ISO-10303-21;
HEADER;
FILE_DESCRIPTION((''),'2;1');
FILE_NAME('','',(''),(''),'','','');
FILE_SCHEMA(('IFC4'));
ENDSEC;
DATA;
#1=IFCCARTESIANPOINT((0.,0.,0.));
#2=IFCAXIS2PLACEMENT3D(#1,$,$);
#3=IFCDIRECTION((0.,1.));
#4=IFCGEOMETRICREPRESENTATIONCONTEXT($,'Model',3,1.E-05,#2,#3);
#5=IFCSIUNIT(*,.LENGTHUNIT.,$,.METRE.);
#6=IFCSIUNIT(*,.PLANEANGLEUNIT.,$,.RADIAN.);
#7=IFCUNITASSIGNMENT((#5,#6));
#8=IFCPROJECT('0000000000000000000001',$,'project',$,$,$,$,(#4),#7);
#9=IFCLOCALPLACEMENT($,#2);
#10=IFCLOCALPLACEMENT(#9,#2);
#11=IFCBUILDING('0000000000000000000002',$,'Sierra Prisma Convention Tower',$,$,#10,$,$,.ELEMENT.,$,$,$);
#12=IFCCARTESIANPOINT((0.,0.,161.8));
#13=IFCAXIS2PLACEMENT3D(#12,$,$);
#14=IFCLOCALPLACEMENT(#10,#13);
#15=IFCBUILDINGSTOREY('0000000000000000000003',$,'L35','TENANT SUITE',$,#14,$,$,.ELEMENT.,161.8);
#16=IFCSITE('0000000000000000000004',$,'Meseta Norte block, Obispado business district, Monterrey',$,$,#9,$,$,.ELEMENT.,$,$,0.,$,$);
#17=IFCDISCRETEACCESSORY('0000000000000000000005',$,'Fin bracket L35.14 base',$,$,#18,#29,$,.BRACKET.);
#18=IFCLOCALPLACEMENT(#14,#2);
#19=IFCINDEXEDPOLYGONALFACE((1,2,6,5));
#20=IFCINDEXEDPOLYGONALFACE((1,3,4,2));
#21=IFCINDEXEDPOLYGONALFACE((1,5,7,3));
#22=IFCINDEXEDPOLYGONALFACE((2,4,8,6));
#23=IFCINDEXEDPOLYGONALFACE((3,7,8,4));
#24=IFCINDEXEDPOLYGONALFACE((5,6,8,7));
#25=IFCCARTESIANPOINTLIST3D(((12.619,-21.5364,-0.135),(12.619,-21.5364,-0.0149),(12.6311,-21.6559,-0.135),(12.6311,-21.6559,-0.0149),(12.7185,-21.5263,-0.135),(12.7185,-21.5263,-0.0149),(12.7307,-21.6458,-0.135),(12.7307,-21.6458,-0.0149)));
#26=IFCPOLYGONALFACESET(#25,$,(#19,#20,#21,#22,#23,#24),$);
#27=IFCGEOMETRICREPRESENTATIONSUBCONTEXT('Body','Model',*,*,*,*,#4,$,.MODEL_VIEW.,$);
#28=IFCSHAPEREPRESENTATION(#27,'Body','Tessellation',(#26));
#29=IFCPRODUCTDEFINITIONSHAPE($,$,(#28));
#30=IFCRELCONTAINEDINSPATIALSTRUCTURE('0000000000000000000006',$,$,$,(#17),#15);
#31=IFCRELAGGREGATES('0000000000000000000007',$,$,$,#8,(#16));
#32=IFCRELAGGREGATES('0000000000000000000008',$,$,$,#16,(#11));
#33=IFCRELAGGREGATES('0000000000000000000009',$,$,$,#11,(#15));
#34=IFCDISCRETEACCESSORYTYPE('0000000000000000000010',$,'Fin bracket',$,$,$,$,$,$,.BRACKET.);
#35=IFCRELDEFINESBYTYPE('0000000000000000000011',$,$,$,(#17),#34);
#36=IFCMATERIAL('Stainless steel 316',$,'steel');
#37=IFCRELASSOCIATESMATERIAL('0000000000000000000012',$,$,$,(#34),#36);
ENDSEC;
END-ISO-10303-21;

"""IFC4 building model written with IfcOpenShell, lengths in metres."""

from ifc_helpers import new_model, si_unit, direction, frame, origin, origin_2d, place, context, subcontext, project, spatial, rectangle, extrude, material, type_object, element, save


model = new_model("IFC4")

# Units and contexts
model_context = context("Model", 3, precision=1e-05, world=origin(), true_north=direction((0.0, 1.0)))
body_context = subcontext(model_context, "Body", "Model", "MODEL_VIEW")
ifc_project = project(units=[si_unit("LENGTHUNIT", "METRE"), si_unit("PLANEANGLEUNIT", "RADIAN")], contexts=[model_context])

# Site, building, storey
site_placement = place(None, origin())
site = spatial("IfcSite", under=ifc_project, at=site_placement, Name="Meseta Norte block, Obispado business district, Monterrey", CompositionType="ELEMENT", RefElevation=0.0)
building_placement = place(site_placement, origin())
building = spatial("IfcBuilding", under=site, at=building_placement, Name="Sierra Prisma Convention Tower", CompositionType="ELEMENT")
storey_placement = place(building_placement, frame((0.0, 0.0, 161.8)))
storey = spatial("IfcBuildingStorey", under=building, at=storey_placement, Name="L35", Description="TENANT SUITE", CompositionType="ELEMENT", Elevation=161.8)

# Discrete accessory
ifc_material_1 = material(Name="Stainless steel 316", Category="steel")
discrete_accessory_type = type_object("IfcDiscreteAccessoryType", Name="Fin bracket", PredefinedType="BRACKET", material=ifc_material_1)
for number, where, z_axis, x_axis, name in (
    (1, (12.6748, -21.5911, -0.135), (0.0, 0.0, 1.0), (0.100833, -0.994903, 0.0), "Fin bracket L35.14 base"),
):
    element("IfcDiscreteAccessory", number, at=place(storey_placement, frame(where, z_axis=z_axis, x_axis=x_axis)), inside=storey, type_object=discrete_accessory_type, Name=name, PredefinedType="BRACKET", context=body_context, shape_type="SweptSolid", body=[
        extrude(rectangle(XDim=0.1201, YDim=0.1001, at=origin_2d()), origin(), (0.0, 0.0, 1.0), 0.1201),
    ])

save(model, "model.ifc")
